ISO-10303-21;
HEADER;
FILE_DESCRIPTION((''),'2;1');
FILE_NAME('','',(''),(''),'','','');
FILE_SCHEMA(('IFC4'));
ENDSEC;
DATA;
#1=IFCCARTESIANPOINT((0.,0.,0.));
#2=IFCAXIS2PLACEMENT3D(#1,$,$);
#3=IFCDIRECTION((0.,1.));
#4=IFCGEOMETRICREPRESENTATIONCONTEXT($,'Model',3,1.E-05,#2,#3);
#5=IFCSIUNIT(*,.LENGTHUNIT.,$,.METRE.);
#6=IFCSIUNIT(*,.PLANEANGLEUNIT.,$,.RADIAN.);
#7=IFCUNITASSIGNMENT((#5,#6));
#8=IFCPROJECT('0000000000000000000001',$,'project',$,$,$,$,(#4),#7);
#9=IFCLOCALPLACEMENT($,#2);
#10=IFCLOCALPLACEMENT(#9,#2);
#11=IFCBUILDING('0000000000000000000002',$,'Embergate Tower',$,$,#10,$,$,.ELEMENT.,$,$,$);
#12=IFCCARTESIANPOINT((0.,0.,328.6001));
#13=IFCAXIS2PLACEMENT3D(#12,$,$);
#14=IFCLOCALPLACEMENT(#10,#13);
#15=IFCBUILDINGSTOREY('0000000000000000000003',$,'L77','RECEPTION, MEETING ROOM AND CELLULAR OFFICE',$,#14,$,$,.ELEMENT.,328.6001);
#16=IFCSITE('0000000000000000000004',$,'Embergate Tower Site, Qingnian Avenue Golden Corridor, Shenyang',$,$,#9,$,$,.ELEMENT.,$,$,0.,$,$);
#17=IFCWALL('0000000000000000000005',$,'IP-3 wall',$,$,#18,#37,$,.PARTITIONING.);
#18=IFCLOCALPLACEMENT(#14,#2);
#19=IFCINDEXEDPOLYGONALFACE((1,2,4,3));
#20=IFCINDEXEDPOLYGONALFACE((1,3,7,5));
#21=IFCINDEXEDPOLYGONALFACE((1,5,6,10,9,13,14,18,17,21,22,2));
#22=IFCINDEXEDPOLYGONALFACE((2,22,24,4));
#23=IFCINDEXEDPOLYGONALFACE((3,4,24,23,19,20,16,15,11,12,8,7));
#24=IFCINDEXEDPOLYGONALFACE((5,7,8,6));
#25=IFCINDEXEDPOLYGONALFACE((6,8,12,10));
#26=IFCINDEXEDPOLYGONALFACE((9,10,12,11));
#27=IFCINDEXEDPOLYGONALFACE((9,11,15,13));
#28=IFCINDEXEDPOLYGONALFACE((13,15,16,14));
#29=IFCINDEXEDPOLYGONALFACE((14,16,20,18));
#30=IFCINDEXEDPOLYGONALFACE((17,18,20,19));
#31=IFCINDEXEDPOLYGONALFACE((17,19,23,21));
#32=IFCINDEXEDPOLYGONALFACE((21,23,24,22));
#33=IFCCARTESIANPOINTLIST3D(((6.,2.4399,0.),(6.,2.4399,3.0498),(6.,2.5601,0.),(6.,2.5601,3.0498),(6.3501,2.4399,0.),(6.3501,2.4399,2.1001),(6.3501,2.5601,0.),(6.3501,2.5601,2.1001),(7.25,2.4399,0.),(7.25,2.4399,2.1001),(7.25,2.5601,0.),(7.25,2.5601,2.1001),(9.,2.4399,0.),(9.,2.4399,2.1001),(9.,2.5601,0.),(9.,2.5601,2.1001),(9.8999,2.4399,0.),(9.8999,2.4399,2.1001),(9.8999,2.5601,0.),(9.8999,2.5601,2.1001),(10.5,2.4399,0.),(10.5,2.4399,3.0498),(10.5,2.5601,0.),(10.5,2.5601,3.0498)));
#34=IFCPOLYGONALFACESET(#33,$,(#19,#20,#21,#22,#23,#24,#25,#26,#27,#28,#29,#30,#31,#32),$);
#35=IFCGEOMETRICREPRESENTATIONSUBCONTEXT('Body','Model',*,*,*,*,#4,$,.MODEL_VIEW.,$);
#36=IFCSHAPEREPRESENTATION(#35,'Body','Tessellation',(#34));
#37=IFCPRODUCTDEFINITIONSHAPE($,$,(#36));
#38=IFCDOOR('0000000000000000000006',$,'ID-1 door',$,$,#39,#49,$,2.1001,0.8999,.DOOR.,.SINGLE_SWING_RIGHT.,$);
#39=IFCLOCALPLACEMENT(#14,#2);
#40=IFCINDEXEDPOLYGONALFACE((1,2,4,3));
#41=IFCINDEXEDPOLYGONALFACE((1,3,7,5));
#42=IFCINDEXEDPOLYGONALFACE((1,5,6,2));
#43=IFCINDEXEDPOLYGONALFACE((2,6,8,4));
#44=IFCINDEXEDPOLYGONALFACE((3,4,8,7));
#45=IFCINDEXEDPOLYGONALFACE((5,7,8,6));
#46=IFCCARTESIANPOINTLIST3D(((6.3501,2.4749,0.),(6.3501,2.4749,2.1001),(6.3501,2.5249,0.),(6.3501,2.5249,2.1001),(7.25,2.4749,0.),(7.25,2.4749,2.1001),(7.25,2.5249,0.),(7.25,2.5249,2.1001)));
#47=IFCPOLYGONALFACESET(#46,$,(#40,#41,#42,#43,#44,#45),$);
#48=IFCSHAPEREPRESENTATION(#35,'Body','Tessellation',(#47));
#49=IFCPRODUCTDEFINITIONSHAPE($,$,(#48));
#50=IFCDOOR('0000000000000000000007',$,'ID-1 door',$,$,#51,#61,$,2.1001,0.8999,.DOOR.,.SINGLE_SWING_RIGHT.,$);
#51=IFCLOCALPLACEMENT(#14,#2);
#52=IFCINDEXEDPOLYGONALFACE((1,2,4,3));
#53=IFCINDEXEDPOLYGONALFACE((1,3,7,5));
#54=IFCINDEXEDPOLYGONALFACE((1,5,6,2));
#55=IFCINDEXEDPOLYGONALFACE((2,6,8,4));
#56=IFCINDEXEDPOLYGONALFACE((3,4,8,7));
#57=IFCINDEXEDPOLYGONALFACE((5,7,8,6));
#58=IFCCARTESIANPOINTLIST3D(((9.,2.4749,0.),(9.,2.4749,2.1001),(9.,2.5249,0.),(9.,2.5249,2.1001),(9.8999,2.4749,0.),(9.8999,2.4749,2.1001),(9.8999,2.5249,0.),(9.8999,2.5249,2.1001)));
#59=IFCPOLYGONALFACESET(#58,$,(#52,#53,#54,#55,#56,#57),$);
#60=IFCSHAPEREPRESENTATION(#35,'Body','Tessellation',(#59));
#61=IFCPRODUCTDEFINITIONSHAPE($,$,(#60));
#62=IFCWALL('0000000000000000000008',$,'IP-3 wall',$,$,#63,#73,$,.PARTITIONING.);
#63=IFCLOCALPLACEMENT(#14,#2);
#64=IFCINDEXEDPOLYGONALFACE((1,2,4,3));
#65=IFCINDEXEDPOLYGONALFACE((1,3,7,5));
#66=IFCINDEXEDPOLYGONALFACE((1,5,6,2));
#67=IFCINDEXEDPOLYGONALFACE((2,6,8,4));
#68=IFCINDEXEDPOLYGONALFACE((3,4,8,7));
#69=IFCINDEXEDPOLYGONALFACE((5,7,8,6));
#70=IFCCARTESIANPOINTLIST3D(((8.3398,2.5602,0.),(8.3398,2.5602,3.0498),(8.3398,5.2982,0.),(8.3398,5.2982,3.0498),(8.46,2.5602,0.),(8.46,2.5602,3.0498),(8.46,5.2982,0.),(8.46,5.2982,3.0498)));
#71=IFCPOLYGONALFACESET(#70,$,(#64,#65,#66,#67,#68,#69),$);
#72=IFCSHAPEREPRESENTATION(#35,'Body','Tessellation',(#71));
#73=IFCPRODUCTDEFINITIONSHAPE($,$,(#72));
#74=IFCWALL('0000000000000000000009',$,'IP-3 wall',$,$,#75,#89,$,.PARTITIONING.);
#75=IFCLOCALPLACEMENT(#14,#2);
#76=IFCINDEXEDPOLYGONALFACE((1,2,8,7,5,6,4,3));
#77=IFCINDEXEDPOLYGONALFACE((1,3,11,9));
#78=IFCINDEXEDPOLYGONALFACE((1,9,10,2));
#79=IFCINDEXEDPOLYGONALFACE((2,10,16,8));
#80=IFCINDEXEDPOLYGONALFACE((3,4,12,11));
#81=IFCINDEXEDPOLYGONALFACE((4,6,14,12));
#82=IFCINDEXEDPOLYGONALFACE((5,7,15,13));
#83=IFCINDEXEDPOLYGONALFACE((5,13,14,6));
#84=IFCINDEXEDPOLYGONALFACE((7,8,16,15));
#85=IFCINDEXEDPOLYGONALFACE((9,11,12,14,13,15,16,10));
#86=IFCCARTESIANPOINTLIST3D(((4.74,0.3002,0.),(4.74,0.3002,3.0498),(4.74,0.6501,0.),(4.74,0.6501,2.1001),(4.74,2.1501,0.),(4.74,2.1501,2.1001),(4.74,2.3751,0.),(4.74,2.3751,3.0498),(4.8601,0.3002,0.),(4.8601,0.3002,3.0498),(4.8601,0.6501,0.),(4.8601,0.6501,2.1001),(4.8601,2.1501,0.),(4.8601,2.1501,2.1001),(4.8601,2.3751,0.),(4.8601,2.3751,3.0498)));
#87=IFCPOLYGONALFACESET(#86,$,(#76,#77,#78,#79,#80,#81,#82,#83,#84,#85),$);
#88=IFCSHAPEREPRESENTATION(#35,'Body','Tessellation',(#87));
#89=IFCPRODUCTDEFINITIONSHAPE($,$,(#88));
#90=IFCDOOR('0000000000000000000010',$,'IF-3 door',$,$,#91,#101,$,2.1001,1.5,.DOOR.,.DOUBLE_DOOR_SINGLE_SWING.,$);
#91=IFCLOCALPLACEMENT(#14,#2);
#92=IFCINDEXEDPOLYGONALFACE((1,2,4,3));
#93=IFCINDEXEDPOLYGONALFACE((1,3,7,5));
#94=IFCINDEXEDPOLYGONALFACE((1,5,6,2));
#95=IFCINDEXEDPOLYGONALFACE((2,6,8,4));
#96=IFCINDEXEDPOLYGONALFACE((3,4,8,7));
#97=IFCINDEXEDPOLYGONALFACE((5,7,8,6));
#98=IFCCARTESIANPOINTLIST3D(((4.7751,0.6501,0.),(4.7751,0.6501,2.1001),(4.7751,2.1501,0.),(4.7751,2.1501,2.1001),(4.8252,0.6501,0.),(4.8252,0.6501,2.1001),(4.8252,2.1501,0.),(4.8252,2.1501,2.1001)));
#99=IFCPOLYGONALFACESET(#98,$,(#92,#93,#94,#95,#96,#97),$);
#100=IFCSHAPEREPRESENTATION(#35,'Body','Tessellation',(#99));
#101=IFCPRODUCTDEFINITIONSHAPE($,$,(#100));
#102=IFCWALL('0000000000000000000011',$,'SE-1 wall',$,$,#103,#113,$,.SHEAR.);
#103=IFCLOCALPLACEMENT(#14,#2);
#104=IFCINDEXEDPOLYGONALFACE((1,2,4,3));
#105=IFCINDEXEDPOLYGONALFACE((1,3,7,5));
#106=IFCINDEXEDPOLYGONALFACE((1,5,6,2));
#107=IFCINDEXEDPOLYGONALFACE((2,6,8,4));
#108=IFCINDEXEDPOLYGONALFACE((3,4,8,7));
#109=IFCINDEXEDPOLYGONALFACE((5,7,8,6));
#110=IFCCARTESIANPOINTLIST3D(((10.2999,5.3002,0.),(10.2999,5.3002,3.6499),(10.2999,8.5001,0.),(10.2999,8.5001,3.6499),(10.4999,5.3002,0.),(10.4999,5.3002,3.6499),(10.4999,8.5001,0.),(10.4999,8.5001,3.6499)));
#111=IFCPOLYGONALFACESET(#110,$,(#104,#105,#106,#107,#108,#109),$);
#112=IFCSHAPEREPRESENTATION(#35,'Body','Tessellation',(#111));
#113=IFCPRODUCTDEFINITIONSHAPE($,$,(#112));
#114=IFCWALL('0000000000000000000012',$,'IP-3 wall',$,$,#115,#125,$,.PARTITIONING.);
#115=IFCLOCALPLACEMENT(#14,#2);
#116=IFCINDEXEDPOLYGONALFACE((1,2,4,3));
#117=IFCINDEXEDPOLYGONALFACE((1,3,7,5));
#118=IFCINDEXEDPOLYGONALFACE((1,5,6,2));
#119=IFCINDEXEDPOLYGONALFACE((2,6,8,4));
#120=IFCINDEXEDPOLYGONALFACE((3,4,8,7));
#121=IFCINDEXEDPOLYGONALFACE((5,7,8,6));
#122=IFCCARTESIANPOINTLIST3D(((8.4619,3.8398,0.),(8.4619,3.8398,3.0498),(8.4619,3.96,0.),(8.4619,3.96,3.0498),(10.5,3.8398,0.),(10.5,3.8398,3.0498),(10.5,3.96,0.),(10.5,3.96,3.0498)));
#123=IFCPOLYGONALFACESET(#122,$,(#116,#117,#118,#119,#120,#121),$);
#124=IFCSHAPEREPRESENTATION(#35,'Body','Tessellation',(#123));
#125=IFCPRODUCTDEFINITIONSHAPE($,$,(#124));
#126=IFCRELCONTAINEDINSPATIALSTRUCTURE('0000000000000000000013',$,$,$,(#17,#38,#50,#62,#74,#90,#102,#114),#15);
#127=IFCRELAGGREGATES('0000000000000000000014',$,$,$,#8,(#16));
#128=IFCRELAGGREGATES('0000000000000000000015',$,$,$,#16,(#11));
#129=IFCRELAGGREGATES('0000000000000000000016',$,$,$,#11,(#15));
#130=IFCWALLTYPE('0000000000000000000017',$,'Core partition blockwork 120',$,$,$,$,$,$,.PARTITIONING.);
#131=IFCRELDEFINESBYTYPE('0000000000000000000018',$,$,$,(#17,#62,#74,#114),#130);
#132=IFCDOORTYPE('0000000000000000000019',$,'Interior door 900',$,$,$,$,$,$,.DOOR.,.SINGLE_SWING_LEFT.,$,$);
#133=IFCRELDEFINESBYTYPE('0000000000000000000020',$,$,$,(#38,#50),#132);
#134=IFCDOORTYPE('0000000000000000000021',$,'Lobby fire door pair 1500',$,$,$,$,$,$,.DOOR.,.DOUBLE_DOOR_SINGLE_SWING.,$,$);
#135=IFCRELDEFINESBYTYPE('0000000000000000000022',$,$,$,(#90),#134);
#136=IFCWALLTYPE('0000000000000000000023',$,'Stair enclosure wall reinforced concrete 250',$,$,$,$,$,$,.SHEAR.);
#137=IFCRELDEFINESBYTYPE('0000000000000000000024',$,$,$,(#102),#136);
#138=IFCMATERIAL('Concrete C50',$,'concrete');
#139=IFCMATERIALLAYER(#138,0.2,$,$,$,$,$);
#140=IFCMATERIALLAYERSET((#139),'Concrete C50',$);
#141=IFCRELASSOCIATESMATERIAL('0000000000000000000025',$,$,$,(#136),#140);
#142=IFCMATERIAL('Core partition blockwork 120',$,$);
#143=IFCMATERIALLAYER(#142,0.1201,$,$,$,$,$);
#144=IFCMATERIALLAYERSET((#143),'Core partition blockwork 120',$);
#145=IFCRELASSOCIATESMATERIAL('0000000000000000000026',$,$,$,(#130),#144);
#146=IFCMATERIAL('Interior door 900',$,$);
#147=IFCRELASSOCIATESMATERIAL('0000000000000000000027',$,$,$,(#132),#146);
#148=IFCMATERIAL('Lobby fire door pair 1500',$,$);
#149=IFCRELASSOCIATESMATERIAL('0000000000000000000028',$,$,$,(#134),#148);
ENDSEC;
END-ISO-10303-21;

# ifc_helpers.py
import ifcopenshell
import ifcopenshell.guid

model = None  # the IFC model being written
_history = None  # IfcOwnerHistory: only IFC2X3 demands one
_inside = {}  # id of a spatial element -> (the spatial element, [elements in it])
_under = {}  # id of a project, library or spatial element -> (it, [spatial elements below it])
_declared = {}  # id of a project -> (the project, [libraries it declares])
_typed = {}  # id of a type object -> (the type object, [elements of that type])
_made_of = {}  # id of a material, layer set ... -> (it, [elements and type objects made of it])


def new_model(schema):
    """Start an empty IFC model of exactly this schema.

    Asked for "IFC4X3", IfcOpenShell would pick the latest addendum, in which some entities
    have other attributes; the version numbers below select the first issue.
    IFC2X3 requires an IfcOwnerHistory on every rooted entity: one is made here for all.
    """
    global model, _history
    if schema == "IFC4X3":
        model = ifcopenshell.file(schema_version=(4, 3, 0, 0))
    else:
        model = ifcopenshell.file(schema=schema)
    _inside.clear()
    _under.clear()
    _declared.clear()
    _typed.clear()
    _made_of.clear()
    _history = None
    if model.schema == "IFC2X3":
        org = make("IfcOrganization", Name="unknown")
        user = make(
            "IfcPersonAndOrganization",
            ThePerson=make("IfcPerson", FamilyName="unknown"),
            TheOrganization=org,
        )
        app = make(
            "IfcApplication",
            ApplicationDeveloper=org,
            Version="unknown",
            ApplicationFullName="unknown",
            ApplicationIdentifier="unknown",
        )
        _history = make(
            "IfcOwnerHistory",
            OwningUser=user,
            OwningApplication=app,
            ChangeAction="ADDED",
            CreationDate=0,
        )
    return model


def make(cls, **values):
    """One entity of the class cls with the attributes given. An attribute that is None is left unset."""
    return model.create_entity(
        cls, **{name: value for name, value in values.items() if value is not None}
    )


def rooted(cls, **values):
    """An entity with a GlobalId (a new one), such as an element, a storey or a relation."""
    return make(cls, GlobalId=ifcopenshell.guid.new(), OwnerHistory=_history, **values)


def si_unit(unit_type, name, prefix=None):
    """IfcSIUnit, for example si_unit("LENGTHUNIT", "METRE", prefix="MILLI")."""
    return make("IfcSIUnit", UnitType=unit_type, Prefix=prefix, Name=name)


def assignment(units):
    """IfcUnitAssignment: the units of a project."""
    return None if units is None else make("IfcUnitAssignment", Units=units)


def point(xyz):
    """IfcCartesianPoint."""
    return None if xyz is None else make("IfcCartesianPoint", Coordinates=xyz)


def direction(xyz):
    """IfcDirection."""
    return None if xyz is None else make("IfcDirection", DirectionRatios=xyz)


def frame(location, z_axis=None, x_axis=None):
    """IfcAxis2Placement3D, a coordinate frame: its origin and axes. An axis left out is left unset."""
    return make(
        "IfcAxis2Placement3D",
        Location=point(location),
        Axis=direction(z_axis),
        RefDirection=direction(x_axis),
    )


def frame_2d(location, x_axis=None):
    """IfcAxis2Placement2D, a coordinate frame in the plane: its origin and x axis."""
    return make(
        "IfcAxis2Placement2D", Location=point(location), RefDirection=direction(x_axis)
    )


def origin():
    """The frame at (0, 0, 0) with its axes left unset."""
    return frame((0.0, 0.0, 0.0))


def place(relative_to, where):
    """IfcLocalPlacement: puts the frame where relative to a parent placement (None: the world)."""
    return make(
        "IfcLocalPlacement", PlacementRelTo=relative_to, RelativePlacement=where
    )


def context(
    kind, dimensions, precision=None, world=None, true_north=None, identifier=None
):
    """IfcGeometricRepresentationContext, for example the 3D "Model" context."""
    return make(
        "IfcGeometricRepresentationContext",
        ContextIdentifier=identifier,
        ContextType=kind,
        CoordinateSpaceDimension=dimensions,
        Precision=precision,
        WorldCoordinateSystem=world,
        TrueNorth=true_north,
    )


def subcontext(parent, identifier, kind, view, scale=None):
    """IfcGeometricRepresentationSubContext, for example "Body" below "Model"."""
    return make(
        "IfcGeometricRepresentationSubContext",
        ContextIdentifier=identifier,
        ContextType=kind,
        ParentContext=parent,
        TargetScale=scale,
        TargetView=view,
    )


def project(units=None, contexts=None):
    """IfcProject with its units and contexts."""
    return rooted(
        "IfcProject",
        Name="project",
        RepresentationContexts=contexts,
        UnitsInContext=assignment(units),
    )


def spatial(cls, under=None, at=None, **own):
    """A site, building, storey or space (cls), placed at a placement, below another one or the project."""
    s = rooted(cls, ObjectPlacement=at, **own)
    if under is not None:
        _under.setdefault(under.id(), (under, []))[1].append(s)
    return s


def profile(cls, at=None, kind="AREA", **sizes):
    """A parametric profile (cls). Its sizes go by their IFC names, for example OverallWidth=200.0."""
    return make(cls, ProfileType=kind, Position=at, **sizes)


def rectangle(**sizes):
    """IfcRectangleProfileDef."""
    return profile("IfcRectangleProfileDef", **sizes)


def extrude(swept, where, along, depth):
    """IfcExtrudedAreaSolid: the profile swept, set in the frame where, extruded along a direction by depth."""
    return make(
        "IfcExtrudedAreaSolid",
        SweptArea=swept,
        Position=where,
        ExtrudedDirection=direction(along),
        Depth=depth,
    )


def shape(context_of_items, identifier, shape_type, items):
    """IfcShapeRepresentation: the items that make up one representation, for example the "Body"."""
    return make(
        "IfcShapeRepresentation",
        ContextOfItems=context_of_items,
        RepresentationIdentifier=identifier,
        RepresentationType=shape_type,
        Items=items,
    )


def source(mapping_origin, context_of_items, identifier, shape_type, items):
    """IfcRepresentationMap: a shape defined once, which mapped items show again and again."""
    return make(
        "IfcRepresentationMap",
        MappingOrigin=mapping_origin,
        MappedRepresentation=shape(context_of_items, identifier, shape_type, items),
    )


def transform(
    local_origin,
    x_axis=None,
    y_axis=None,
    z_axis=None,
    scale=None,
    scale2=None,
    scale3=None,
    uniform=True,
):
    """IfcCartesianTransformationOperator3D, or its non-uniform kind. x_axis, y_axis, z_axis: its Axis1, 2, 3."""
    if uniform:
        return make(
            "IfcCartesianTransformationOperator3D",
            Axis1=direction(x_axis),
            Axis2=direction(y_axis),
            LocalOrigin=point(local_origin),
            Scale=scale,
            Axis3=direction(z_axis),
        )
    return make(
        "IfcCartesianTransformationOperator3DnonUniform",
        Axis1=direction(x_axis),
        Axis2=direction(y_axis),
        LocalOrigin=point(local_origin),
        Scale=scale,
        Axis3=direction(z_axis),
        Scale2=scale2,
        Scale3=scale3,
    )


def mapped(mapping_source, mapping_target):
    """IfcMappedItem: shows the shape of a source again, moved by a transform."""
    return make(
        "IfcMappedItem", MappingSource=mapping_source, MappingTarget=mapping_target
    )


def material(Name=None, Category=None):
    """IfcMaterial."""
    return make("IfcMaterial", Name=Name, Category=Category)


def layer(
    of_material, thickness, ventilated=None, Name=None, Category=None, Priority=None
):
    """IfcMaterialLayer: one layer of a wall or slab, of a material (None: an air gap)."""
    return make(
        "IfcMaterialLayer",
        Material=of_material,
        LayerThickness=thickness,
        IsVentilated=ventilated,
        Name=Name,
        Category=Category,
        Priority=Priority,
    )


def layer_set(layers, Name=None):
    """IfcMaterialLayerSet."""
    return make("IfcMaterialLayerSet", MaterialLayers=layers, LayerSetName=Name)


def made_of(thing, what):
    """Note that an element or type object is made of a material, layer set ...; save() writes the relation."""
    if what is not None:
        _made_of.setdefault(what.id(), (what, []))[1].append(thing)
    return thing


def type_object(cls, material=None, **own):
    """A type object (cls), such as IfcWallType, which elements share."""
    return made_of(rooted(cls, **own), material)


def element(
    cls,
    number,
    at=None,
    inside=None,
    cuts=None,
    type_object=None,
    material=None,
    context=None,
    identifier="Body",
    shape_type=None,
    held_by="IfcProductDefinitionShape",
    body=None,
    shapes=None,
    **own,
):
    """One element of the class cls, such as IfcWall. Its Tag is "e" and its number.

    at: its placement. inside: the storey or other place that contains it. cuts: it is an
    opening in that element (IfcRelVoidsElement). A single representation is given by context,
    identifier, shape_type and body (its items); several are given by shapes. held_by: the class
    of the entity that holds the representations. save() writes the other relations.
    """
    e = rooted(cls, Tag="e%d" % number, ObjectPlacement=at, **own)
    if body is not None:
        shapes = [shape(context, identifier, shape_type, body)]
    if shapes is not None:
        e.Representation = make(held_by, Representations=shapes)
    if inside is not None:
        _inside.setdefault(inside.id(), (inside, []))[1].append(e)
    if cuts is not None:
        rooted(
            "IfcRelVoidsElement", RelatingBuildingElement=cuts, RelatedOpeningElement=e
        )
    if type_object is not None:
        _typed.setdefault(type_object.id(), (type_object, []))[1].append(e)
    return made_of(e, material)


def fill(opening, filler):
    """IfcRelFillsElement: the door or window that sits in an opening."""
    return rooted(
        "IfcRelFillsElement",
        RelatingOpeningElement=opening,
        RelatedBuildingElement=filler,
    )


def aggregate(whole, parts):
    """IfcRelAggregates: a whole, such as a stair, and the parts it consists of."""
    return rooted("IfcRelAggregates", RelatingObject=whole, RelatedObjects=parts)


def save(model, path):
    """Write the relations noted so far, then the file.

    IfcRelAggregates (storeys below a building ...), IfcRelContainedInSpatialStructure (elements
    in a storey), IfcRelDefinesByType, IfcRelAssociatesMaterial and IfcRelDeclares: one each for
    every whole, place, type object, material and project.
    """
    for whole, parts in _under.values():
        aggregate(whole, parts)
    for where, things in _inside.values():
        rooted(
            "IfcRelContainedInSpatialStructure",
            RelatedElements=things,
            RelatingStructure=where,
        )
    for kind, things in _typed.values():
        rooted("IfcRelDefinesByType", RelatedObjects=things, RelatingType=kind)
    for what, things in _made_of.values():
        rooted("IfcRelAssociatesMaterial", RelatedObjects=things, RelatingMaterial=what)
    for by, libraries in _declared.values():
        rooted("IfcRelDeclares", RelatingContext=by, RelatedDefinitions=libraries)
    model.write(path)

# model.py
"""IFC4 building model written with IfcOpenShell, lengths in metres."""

from ifc_helpers import new_model, si_unit, direction, frame, frame_2d, origin, place, context, subcontext, project, spatial, rectangle, extrude, source, transform, mapped, material, layer, layer_set, type_object, element, fill, save


model = new_model("IFC4")

# Units and contexts
model_context = context("Model", 3, precision=1e-05, world=origin(), true_north=direction((0.0, 1.0)))
body_context = subcontext(model_context, "Body", "Model", "MODEL_VIEW")
ifc_project = project(units=[si_unit("LENGTHUNIT", "METRE"), si_unit("PLANEANGLEUNIT", "RADIAN")], contexts=[model_context])

# Site, building, storey
site_placement = place(None, origin())
site = spatial("IfcSite", under=ifc_project, at=site_placement, Name="Embergate Tower Site, Qingnian Avenue Golden Corridor, Shenyang", CompositionType="ELEMENT", RefElevation=0.0)
building_placement = place(site_placement, origin())
building = spatial("IfcBuilding", under=site, at=building_placement, Name="Embergate Tower", CompositionType="ELEMENT")
storey_placement = place(building_placement, frame((0.0, 0.0, 328.6001)))
storey = spatial("IfcBuildingStorey", under=building, at=storey_placement, Name="L77", Description="RECEPTION, MEETING ROOM AND CELLULAR OFFICE", CompositionType="ELEMENT", Elevation=328.6001)

# Shared definitions
shared_shape_1 = source(origin(), body_context, "Body", "SweptSolid", [
    extrude(rectangle(XDim=0.8999, YDim=2.1001, at=frame_2d((0.45, 1.05))), frame((0.0, 0.0249, 0.0), z_axis=(0.0, -1.0, 0.0), x_axis=(1.0, 0.0, 0.0)), (0.0, 0.0, 1.0), 0.05),
])

# Shared definitions
ifc_material_1 = material(Name="Concrete C50", Category="concrete")
ifc_layer_1 = layer(ifc_material_1, 0.2)
ifc_layer_set_1 = layer_set([ifc_layer_1], Name="Concrete C50")
wall_type_1 = type_object("IfcWallType", Name="Stair enclosure wall reinforced concrete 250", PredefinedType="SHEAR", material=ifc_layer_set_1)

# Wall, openings, doors
ifc_material_2 = material(Name="Core partition blockwork 120")
ifc_layer_2 = layer(ifc_material_2, 0.1201)
ifc_layer_set_2 = layer_set([ifc_layer_2], Name="Core partition blockwork 120")
wall_type_2 = type_object("IfcWallType", Name="Core partition blockwork 120", PredefinedType="PARTITIONING", material=ifc_layer_set_2)
shared_shape_2 = source(origin(), body_context, "Body", "SweptSolid", [
    extrude(rectangle(XDim=4.5, YDim=0.1201, at=frame_2d((2.25, 0.0))), origin(), (0.0, 0.0, 1.0), 3.0498),
])
wall_1_placement = place(storey_placement, frame((6.0, 2.5, 0.0), z_axis=(0.0, 0.0, 1.0), x_axis=(1.0, 0.0, 0.0)))
wall_1 = element("IfcWall", 1, at=wall_1_placement, inside=storey, type_object=wall_type_2, Name="IP-3 wall", PredefinedType="PARTITIONING", context=body_context, shape_type="MappedRepresentation", body=[
    mapped(shared_shape_2, transform((0.0, 0.0, 0.0))),
])
shared_shape_3 = source(origin(), body_context, "Body", "SweptSolid", [
    extrude(rectangle(XDim=0.8999, YDim=2.1001, at=frame_2d((0.45, 1.05))), frame((0.0, 0.0701, 0.0), z_axis=(0.0, -1.0, 0.0), x_axis=(1.0, 0.0, 0.0)), (0.0, 0.0, 1.0), 0.1401),
])
opening_1_placement = place(wall_1_placement, frame((0.3501, 0.0, 0.0)))
opening_1 = element("IfcOpeningElement", 2, at=opening_1_placement, cuts=wall_1, PredefinedType="OPENING", context=body_context, shape_type="MappedRepresentation", body=[
    mapped(shared_shape_3, transform((0.0, 0.0, 0.0))),
])
opening_2_placement = place(wall_1_placement, frame((3.0, 0.0, 0.0)))
opening_2 = element("IfcOpeningElement", 3, at=opening_2_placement, cuts=wall_1, PredefinedType="OPENING", context=body_context, shape_type="MappedRepresentation", body=[
    mapped(shared_shape_3, transform((0.0, 0.0, 0.0))),
])
ifc_material_3 = material(Name="Interior door 900")
door_type_1 = type_object("IfcDoorType", Name="Interior door 900", OperationType="SINGLE_SWING_LEFT", PredefinedType="DOOR", material=ifc_material_3)
door_1_placement = place(opening_1_placement, origin())
door_1 = element("IfcDoor", 4, at=door_1_placement, inside=storey, type_object=door_type_1, Name="ID-1 door", OperationType="SINGLE_SWING_RIGHT", OverallHeight=2.1001, OverallWidth=0.8999, PredefinedType="DOOR", context=body_context, shape_type="MappedRepresentation", body=[
    mapped(shared_shape_1, transform((0.0, 0.0, 0.0))),
])
fill(opening_1, door_1)
door_2_placement = place(opening_2_placement, origin())
door_2 = element("IfcDoor", 5, at=door_2_placement, inside=storey, type_object=door_type_1, Name="ID-1 door", OperationType="SINGLE_SWING_RIGHT", OverallHeight=2.1001, OverallWidth=0.8999, PredefinedType="DOOR", context=body_context, shape_type="MappedRepresentation", body=[
    mapped(shared_shape_1, transform((0.0, 0.0, 0.0))),
])
fill(opening_2, door_2)

# Wall
shared_shape_4 = source(origin(), body_context, "Body", "SweptSolid", [
    extrude(rectangle(XDim=2.738, YDim=0.1201, at=frame_2d((1.3691, 0.0))), origin(), (0.0, 0.0, 1.0), 3.0498),
])
wall_2_placement = place(storey_placement, frame((8.3999, 2.5601, 0.0), z_axis=(0.0, 0.0, 1.0), x_axis=(0.0, 1.0, 0.0)))
element("IfcWall", 6, at=wall_2_placement, inside=storey, type_object=wall_type_2, Name="IP-3 wall", PredefinedType="PARTITIONING", context=body_context, shape_type="MappedRepresentation", body=[
    mapped(shared_shape_4, transform((0.0, 0.0, 0.0))),
])

# Wall, opening, door
shared_shape_5 = source(origin(), body_context, "Body", "SweptSolid", [
    extrude(rectangle(XDim=2.075, YDim=0.1201, at=frame_2d((1.0376, 0.0))), origin(), (0.0, 0.0, 1.0), 3.0498),
])
wall_3_placement = place(storey_placement, frame((4.8, 0.3, 0.0), z_axis=(0.0, 0.0, 1.0), x_axis=(0.0, 1.0, 0.0)))
wall_3 = element("IfcWall", 7, at=wall_3_placement, inside=storey, type_object=wall_type_2, Name="IP-3 wall", PredefinedType="PARTITIONING", context=body_context, shape_type="MappedRepresentation", body=[
    mapped(shared_shape_5, transform((0.0, 0.0, 0.0))),
])
shared_shape_6 = source(origin(), body_context, "Body", "SweptSolid", [
    extrude(rectangle(XDim=1.5, YDim=2.1001, at=frame_2d((0.75, 1.05))), frame((0.0, 0.0701, 0.0), z_axis=(0.0, -1.0, 0.0), x_axis=(1.0, 0.0, 0.0)), (0.0, 0.0, 1.0), 0.1401),
])
opening_3_placement = place(wall_3_placement, frame((0.3501, 0.0, 0.0)))
opening_3 = element("IfcOpeningElement", 8, at=opening_3_placement, cuts=wall_3, PredefinedType="OPENING", context=body_context, shape_type="MappedRepresentation", body=[
    mapped(shared_shape_6, transform((0.0, 0.0, 0.0))),
])
ifc_material_4 = material(Name="Lobby fire door pair 1500")
door_type_2 = type_object("IfcDoorType", Name="Lobby fire door pair 1500", OperationType="DOUBLE_DOOR_SINGLE_SWING", PredefinedType="DOOR", material=ifc_material_4)
shared_shape_7 = source(origin(), body_context, "Body", "SweptSolid", [
    extrude(rectangle(XDim=1.5, YDim=2.1001, at=frame_2d((0.75, 1.05))), frame((0.0, 0.0249, 0.0), z_axis=(0.0, -1.0, 0.0), x_axis=(1.0, 0.0, 0.0)), (0.0, 0.0, 1.0), 0.05),
])
door_3_placement = place(opening_3_placement, origin())
door_3 = element("IfcDoor", 9, at=door_3_placement, inside=storey, type_object=door_type_2, Name="IF-3 door", OperationType="DOUBLE_DOOR_SINGLE_SWING", OverallHeight=2.1001, OverallWidth=1.5, PredefinedType="DOOR", context=body_context, shape_type="MappedRepresentation", body=[
    mapped(shared_shape_7, transform((0.0, 0.0, 0.0))),
])
fill(opening_3, door_3)

# Walls
shared_shape_8 = source(origin(), body_context, "Body", "SweptSolid", [
    extrude(rectangle(XDim=3.2, YDim=0.2, at=frame_2d((1.6001, 0.0))), origin(), (0.0, 0.0, 1.0), 3.6499),
])
wall_4_placement = place(storey_placement, frame((10.3999, 5.3, 0.0), z_axis=(0.0, 0.0, 1.0), x_axis=(0.0, 1.0, 0.0)))
element("IfcWall", 10, at=wall_4_placement, inside=storey, type_object=wall_type_1, Name="SE-1 wall", PredefinedType="SHEAR", context=body_context, shape_type="MappedRepresentation", body=[
    mapped(shared_shape_8, transform((0.0, 0.0, 0.0))),
])
shared_shape_9 = source(origin(), body_context, "Body", "SweptSolid", [
    extrude(rectangle(XDim=2.0381, YDim=0.1201, at=frame_2d((1.019, 0.0))), origin(), (0.0, 0.0, 1.0), 3.0498),
])
wall_5_placement = place(storey_placement, frame((10.5, 3.8999, 0.0), z_axis=(0.0, 0.0, 1.0), x_axis=(-1.0, 0.0, 0.0)))
element("IfcWall", 11, at=wall_5_placement, inside=storey, type_object=wall_type_2, Name="IP-3 wall", PredefinedType="PARTITIONING", context=body_context, shape_type="MappedRepresentation", body=[
    mapped(shared_shape_9, transform((0.0, 0.0, 0.0))),
])

save(model, "model.ifc")
